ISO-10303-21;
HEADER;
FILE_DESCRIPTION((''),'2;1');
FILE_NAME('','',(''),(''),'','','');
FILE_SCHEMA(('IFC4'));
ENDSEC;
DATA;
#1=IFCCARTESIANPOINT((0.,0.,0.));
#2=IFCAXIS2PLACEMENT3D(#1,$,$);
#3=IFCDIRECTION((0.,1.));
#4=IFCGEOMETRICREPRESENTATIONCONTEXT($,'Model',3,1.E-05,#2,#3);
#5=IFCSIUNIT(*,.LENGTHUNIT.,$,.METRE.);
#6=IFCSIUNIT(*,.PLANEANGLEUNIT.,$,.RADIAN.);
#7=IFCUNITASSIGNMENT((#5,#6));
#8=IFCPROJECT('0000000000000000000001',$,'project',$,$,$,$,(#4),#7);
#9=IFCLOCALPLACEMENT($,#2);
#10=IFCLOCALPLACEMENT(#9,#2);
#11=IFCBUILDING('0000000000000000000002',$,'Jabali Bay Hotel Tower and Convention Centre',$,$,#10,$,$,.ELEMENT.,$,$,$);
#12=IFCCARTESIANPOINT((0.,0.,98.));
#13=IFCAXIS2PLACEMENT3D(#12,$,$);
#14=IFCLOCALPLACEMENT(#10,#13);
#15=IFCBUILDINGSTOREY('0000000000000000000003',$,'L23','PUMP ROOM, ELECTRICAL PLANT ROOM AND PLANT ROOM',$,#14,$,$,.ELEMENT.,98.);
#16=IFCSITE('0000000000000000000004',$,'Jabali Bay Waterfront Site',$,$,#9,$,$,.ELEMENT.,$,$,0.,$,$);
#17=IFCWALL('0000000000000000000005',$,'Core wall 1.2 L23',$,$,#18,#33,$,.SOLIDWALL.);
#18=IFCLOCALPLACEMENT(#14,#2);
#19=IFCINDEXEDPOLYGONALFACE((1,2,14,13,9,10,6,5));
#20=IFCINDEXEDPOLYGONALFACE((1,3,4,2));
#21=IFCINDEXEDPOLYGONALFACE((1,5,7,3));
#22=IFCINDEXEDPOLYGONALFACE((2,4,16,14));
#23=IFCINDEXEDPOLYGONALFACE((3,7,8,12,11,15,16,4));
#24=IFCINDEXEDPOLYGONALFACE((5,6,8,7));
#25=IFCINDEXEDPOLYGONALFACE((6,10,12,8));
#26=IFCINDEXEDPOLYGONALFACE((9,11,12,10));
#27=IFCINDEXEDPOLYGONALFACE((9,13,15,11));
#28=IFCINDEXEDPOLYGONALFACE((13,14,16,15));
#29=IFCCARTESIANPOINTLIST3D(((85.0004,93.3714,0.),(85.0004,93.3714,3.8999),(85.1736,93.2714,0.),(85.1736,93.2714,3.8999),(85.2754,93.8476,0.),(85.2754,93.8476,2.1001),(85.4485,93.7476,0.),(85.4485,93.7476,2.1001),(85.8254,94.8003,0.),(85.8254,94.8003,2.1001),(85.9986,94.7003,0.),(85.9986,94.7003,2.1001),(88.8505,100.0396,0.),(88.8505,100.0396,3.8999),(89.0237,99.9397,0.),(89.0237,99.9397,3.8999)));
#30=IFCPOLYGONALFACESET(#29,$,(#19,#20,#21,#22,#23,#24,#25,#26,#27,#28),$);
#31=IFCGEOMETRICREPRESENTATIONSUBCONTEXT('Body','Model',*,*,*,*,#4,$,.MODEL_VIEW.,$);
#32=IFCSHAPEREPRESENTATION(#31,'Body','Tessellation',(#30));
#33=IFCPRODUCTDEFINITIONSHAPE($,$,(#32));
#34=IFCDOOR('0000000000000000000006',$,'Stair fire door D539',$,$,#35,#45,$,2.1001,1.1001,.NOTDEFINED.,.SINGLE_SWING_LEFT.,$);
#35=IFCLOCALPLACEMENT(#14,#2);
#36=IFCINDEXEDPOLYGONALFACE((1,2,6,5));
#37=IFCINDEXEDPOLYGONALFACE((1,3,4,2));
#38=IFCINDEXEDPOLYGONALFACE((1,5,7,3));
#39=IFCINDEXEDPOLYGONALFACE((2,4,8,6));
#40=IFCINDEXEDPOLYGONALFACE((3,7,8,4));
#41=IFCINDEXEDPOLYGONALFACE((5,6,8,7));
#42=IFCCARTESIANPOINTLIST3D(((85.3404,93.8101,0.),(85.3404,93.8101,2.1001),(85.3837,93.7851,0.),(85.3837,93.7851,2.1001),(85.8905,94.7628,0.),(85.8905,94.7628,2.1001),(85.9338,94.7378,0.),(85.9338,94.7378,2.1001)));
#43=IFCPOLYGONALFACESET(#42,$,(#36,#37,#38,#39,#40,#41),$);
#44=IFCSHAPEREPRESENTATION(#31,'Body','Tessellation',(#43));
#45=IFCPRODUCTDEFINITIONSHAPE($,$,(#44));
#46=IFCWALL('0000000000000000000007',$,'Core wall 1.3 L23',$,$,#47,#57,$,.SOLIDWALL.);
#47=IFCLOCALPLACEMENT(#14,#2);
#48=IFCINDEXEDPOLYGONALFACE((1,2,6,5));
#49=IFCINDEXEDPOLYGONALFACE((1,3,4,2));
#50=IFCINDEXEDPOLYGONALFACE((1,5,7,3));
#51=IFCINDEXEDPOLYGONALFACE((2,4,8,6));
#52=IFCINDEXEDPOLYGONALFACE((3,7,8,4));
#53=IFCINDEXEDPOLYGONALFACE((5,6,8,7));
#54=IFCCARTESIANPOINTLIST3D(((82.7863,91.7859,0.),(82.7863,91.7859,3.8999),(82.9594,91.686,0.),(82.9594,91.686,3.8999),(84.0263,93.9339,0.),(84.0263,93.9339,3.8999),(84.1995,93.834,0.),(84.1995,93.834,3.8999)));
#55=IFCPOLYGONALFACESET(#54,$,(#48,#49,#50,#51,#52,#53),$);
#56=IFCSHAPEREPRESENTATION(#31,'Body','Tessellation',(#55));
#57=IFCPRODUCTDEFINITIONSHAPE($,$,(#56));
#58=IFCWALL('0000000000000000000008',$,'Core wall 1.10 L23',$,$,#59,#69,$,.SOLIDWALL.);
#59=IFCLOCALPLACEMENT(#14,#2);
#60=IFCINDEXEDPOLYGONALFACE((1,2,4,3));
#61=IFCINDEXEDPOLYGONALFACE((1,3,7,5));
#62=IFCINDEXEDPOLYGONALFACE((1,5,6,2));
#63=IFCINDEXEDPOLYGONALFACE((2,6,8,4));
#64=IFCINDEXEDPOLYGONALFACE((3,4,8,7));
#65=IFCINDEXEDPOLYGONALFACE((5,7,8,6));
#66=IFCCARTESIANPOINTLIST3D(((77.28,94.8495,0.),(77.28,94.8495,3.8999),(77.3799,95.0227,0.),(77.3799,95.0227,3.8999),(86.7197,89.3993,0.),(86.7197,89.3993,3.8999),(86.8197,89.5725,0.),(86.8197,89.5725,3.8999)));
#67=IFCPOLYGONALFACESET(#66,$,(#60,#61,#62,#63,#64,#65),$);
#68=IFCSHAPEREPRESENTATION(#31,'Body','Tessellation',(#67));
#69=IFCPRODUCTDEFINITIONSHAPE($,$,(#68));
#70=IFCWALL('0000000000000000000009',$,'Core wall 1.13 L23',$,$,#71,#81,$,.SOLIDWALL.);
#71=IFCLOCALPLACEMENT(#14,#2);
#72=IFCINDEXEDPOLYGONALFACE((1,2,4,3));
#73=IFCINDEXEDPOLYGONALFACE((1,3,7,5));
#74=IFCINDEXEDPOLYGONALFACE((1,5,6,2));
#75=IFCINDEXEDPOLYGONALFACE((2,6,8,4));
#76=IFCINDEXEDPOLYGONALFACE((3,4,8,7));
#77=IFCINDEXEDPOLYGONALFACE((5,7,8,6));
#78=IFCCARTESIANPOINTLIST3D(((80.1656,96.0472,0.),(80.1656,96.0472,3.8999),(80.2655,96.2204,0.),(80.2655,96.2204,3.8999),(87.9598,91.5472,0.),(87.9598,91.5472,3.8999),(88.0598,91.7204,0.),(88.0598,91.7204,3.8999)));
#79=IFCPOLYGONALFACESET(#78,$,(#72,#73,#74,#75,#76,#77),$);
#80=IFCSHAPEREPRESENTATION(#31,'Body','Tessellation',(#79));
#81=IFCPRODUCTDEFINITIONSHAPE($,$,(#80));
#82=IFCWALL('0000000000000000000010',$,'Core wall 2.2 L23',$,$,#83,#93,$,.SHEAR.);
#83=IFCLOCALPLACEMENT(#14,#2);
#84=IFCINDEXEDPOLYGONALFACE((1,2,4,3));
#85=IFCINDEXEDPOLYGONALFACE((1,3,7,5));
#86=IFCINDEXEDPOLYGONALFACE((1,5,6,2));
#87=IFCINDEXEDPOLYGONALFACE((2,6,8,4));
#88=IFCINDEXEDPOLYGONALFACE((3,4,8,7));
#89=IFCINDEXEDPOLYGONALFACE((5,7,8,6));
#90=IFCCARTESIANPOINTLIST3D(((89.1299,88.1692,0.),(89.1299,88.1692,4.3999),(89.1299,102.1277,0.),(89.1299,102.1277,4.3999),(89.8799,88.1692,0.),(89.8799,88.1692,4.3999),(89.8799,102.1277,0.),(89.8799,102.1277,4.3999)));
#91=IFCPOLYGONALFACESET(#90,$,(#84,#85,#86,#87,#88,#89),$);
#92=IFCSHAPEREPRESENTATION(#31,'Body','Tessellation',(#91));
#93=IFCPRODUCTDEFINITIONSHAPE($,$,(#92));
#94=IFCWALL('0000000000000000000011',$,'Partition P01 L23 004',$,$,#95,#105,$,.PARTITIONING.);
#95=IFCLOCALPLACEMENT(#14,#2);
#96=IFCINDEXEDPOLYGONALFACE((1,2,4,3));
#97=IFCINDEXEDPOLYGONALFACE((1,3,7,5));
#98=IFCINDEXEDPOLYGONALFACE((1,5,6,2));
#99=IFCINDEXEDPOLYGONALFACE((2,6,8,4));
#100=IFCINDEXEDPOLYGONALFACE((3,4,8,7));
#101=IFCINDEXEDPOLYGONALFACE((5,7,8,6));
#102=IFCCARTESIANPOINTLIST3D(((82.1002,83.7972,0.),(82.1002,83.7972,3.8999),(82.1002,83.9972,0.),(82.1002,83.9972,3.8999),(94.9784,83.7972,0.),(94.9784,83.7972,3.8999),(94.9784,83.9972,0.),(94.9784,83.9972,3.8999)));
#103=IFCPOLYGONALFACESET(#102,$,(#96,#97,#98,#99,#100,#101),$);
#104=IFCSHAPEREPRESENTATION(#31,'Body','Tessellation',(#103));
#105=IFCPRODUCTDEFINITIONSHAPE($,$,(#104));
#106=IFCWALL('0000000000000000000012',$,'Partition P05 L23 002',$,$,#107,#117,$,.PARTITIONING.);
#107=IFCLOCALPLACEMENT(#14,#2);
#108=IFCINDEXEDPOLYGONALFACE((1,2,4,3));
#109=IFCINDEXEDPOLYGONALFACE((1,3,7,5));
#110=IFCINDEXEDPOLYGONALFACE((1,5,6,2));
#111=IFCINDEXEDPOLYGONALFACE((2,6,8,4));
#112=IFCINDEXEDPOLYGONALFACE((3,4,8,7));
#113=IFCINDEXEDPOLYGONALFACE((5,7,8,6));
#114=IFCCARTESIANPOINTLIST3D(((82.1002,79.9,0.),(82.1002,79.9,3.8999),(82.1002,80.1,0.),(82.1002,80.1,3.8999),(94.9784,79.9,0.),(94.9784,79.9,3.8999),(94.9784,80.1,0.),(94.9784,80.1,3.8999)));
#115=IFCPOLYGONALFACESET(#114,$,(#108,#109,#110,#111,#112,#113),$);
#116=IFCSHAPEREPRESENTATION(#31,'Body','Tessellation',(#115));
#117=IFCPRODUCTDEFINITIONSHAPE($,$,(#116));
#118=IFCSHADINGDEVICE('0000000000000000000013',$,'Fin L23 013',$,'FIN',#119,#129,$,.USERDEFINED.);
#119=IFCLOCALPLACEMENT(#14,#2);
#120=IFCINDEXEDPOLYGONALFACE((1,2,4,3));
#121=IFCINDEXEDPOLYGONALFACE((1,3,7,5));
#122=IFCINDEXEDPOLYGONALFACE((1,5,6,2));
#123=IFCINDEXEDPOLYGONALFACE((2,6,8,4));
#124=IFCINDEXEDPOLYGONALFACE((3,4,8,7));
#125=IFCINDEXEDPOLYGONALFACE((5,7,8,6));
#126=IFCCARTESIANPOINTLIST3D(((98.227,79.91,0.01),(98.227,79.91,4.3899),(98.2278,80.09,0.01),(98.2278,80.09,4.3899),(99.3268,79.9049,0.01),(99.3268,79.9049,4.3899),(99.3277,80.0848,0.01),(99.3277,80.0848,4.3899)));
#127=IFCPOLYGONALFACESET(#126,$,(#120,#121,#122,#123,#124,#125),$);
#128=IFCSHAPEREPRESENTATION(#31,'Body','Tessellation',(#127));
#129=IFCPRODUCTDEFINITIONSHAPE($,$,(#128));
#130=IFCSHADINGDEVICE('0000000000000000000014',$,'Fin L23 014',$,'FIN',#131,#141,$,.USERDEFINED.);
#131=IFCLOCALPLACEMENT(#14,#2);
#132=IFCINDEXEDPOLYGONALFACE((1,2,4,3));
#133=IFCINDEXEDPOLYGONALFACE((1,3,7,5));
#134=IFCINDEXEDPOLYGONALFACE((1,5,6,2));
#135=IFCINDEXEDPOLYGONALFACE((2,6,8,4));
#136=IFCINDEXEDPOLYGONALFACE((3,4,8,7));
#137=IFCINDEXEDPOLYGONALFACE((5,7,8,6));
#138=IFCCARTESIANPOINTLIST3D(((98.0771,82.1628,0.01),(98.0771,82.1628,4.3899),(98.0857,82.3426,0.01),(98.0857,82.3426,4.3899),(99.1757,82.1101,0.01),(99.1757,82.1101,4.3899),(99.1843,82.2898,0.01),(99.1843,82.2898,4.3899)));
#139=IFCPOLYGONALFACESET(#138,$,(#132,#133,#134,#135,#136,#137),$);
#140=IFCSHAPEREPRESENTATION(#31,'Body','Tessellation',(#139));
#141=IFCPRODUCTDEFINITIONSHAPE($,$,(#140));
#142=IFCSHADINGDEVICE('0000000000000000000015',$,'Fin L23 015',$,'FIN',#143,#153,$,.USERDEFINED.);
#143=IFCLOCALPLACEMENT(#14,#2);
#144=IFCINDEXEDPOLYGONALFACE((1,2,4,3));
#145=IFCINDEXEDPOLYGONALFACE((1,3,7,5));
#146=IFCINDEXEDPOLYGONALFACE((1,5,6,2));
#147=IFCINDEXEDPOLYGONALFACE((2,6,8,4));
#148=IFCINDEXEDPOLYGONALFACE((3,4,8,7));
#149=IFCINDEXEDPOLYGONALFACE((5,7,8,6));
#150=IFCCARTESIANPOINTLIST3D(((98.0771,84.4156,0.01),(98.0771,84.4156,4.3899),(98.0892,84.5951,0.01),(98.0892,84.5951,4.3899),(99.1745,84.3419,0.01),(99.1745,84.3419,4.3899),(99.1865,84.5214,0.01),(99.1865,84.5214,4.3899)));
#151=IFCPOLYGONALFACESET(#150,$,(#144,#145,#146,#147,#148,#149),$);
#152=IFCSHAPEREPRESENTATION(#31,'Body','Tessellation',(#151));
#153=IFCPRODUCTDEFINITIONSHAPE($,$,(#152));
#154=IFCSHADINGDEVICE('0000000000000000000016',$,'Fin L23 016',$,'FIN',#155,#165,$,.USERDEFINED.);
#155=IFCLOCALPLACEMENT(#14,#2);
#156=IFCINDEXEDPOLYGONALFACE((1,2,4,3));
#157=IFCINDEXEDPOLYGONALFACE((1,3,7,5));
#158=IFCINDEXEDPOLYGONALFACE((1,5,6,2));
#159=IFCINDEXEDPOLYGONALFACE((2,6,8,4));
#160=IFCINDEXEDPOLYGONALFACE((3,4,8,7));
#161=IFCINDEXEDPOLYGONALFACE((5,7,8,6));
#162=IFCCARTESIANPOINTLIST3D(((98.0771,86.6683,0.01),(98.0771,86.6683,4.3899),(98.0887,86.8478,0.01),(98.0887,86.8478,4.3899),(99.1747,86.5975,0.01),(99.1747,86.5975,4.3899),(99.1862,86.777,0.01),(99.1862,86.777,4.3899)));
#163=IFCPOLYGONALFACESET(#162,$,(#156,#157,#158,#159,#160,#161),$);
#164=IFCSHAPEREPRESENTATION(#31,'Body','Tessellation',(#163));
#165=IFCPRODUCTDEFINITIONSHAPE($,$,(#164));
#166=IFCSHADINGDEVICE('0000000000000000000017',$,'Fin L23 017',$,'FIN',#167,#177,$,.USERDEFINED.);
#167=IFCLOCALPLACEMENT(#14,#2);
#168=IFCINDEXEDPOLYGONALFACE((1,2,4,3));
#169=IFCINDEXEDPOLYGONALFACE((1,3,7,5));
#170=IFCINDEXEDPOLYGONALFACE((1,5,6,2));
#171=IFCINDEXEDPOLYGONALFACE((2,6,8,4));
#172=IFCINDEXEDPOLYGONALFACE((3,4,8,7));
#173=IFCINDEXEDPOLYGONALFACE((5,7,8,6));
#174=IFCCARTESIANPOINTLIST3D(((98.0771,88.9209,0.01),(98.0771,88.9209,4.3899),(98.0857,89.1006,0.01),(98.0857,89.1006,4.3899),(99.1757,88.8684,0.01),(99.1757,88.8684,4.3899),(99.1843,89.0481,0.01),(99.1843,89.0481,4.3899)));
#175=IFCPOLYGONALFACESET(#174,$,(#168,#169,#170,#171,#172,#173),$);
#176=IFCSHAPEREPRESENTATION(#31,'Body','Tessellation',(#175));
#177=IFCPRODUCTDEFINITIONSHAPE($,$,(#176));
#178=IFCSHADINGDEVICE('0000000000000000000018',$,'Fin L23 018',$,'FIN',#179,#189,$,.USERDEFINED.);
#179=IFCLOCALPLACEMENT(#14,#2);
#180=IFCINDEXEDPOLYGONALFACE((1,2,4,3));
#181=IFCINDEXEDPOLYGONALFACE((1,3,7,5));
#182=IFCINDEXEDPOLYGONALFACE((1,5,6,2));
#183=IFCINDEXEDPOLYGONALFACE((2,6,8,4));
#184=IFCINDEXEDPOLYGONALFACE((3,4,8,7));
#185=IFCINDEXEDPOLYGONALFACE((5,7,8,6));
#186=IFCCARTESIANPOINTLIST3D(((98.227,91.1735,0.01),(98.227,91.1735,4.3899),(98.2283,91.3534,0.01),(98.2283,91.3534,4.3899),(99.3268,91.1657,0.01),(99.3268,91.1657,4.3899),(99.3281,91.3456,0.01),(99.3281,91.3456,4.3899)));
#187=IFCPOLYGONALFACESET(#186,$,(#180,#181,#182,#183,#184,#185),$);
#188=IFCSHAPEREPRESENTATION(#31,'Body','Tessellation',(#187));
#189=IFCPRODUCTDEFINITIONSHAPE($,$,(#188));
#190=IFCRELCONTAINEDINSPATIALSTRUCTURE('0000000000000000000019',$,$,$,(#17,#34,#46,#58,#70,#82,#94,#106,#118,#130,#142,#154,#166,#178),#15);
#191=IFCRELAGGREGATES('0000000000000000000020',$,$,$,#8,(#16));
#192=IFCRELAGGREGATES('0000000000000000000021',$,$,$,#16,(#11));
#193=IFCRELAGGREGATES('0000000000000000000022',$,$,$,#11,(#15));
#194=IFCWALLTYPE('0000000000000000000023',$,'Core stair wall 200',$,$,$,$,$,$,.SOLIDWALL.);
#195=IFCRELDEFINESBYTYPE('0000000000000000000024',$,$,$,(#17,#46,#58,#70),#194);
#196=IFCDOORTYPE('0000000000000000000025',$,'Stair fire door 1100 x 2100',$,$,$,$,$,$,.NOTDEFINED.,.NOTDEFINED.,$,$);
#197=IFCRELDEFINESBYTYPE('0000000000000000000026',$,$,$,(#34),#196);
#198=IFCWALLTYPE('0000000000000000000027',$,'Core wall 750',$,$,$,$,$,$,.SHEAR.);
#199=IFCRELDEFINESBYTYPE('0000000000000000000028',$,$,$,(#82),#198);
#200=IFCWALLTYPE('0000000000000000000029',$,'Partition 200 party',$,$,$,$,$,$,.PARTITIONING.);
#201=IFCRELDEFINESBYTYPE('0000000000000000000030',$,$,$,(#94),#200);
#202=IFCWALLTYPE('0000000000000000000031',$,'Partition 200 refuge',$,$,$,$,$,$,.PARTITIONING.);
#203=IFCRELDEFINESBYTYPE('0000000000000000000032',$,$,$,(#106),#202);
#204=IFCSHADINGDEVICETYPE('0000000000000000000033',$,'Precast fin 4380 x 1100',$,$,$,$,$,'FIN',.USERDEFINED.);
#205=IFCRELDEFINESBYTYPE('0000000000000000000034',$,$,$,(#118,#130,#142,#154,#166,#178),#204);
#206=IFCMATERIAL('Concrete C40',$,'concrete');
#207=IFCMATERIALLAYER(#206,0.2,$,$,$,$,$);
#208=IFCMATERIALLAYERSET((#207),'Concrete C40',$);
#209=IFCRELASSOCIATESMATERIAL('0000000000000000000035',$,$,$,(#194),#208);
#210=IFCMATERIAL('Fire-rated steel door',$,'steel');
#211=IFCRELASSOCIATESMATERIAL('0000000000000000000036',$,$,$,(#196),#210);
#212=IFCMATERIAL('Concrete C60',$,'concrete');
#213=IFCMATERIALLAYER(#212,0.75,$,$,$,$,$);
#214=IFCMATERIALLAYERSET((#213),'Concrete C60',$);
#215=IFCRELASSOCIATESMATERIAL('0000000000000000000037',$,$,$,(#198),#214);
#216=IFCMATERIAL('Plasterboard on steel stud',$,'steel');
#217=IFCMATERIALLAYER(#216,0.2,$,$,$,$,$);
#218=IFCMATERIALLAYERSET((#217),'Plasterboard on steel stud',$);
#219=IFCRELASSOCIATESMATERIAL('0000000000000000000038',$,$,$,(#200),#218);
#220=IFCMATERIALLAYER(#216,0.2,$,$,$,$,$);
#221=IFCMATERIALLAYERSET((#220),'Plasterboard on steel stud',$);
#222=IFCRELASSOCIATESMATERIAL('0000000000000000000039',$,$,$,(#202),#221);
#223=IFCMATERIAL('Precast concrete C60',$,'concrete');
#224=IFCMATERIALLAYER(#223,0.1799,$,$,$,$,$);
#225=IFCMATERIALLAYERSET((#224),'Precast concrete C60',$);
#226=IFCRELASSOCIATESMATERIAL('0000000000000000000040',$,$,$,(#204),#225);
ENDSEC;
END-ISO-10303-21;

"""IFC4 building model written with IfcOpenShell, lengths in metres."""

from ifc_helpers import new_model, si_unit, direction, frame, frame_2d, origin, place, context, subcontext, project, spatial, rectangle, extrude, material, layer, layer_set, type_object, element, fill, save


model = new_model("IFC4")

# Units and contexts
model_context = context("Model", 3, precision=1e-05, world=origin(), true_north=direction((0.0, 1.0)))
body_context = subcontext(model_context, "Body", "Model", "MODEL_VIEW")
ifc_project = project(units=[si_unit("LENGTHUNIT", "METRE"), si_unit("PLANEANGLEUNIT", "RADIAN")], contexts=[model_context])

# Site, building, storey
site_placement = place(None, origin())
site = spatial("IfcSite", under=ifc_project, at=site_placement, Name="Jabali Bay Waterfront Site", CompositionType="ELEMENT", RefElevation=0.0)
building_placement = place(site_placement, origin())
building = spatial("IfcBuilding", under=site, at=building_placement, Name="Jabali Bay Hotel Tower and Convention Centre", CompositionType="ELEMENT")
storey_placement = place(building_placement, frame((0.0, 0.0, 98.0)))
storey = spatial("IfcBuildingStorey", under=building, at=storey_placement, Name="L23", Description="PUMP ROOM, ELECTRICAL PLANT ROOM AND PLANT ROOM", CompositionType="ELEMENT", Elevation=98.0)

# Shared definitions
ifc_material_1 = material(Name="Concrete C60", Category="concrete")

# Shared definitions
ifc_material_2 = material(Name="Concrete C40", Category="concrete")
ifc_material_3 = material(Name="Fire-rated steel door", Category="steel")

# Shared definitions
ifc_layer_1 = layer(ifc_material_2, 0.2)
ifc_layer_set_1 = layer_set([ifc_layer_1], Name="Concrete C40")
wall_type_1 = type_object("IfcWallType", Name="Core stair wall 200", PredefinedType="SOLIDWALL", material=ifc_layer_set_1)

# Wall, opening, door
wall_1_placement = place(storey_placement, frame((85.0869, 93.3213, 0.0), z_axis=(0.0, 0.0, 1.0), x_axis=(0.50002, 0.866014, 0.0)))
wall_1 = element("IfcWall", 1, at=wall_1_placement, inside=storey, type_object=wall_type_1, Name="Core wall 1.2 L23", PredefinedType="SOLIDWALL", context=body_context, shape_type="SweptSolid", body=[
    extrude(rectangle(XDim=7.7, YDim=0.2, at=frame_2d((3.8501, 0.0))), origin(), (0.0, 0.0, 1.0), 3.8999),
])
opening_1_placement = place(wall_1_placement, frame((0.55, 0.0, 0.0)))
opening_1 = element("IfcOpeningElement", 2, at=opening_1_placement, cuts=wall_1, PredefinedType="OPENING", context=body_context, shape_type="SweptSolid", body=[
    extrude(rectangle(XDim=1.1001, YDim=2.1001, at=frame_2d((0.55, 1.05))), frame((0.0, 0.1104, 0.0), z_axis=(0.0, -1.0, 0.0), x_axis=(1.0, 0.0, 0.0)), (0.0, 0.0, 1.0), 0.2209),
])
door_type_1 = type_object("IfcDoorType", Name="Stair fire door 1100 x 2100", OperationType="NOTDEFINED", PredefinedType="NOTDEFINED", material=ifc_material_3)
door_1_placement = place(opening_1_placement, origin())
door_1 = element("IfcDoor", 3, at=door_1_placement, inside=storey, type_object=door_type_1, Name="Stair fire door D539", OperationType="SINGLE_SWING_LEFT", OverallHeight=2.1001, OverallWidth=1.1001, PredefinedType="NOTDEFINED", context=body_context, shape_type="SweptSolid", body=[
    extrude(rectangle(XDim=1.1001, YDim=2.1001, at=frame_2d((0.55, 1.05))), frame((0.0, 0.0249, 0.0), z_axis=(0.0, -1.0, 0.0), x_axis=(1.0, 0.0, 0.0)), (0.0, 0.0, 1.0), 0.05),
])
fill(opening_1, door_1)

# Walls
wall_2_placement = place(storey_placement, frame((82.8728, 91.7358, 0.0), z_axis=(0.0, 0.0, 1.0), x_axis=(0.499961, 0.866048, 0.0)))
element("IfcWall", 4, at=wall_2_placement, inside=storey, type_object=wall_type_1, Name="Core wall 1.3 L23", PredefinedType="SOLIDWALL", context=body_context, shape_type="SweptSolid", body=[
    extrude(rectangle(XDim=2.4802, YDim=0.2, at=frame_2d((1.2402, 0.0))), origin(), (0.0, 0.0, 1.0), 3.8999),
])
wall_3_placement = place(storey_placement, frame((86.7698, 89.4858, 0.0), z_axis=(0.0, 0.0, 1.0), x_axis=(-0.866018, 0.500013, 0.0)))
element("IfcWall", 5, at=wall_3_placement, inside=storey, type_object=wall_type_1, Name="Core wall 1.10 L23", PredefinedType="SOLIDWALL", context=body_context, shape_type="SweptSolid", body=[
    extrude(rectangle(XDim=10.9001, YDim=0.2, at=frame_2d((5.4502, 0.0))), origin(), (0.0, 0.0, 1.0), 3.8999),
])
wall_4_placement = place(storey_placement, frame((88.0098, 91.6338, 0.0), z_axis=(0.0, 0.0, 1.0), x_axis=(-0.866024, 0.500002, 0.0)))
element("IfcWall", 6, at=wall_4_placement, inside=storey, type_object=wall_type_1, Name="Core wall 1.13 L23", PredefinedType="SOLIDWALL", context=body_context, shape_type="SweptSolid", body=[
    extrude(rectangle(XDim=9.0, YDim=0.2, at=frame_2d((4.5, 0.0))), origin(), (0.0, 0.0, 1.0), 3.8999),
])
ifc_layer_2 = layer(ifc_material_1, 0.75)
ifc_layer_set_2 = layer_set([ifc_layer_2], Name="Concrete C60")
wall_type_2 = type_object("IfcWallType", Name="Core wall 750", PredefinedType="SHEAR", material=ifc_layer_set_2)
wall_5_placement = place(storey_placement, frame((89.5049, 88.1692, 0.0), z_axis=(0.0, 0.0, 1.0), x_axis=(0.0, 1.0, 0.0)))
element("IfcWall", 7, at=wall_5_placement, inside=storey, type_object=wall_type_2, Name="Core wall 2.2 L23", PredefinedType="SHEAR", context=body_context, shape_type="SweptSolid", body=[
    extrude(rectangle(XDim=13.9585, YDim=0.75, at=frame_2d((6.9792, 0.0))), origin(), (0.0, 0.0, 1.0), 4.3999),
])
ifc_material_4 = material(Name="Plasterboard on steel stud", Category="steel")
ifc_layer_3 = layer(ifc_material_4, 0.2)
ifc_layer_set_3 = layer_set([ifc_layer_3], Name="Plasterboard on steel stud")
wall_type_3 = type_object("IfcWallType", Name="Partition 200 party", PredefinedType="PARTITIONING", material=ifc_layer_set_3)
wall_6_placement = place(storey_placement, frame((94.9783, 83.8972, 0.0), z_axis=(0.0, 0.0, 1.0), x_axis=(-1.0, 0.0, 0.0)))
element("IfcWall", 8, at=wall_6_placement, inside=storey, type_object=wall_type_3, Name="Partition P01 L23 004", PredefinedType="PARTITIONING", context=body_context, shape_type="SweptSolid", body=[
    extrude(rectangle(XDim=12.8782, YDim=0.2, at=frame_2d((6.439, 0.0))), origin(), (0.0, 0.0, 1.0), 3.8999),
])

# Wall
ifc_layer_4 = layer(ifc_material_4, 0.2)
ifc_layer_set_4 = layer_set([ifc_layer_4], Name="Plasterboard on steel stud")
wall_type_4 = type_object("IfcWallType", Name="Partition 200 refuge", PredefinedType="PARTITIONING", material=ifc_layer_set_4)
wall_7_placement = place(storey_placement, frame((94.9783, 80.0, 0.0), z_axis=(0.0, 0.0, 1.0), x_axis=(-1.0, 0.0, 0.0)))
element("IfcWall", 9, at=wall_7_placement, inside=storey, type_object=wall_type_4, Name="Partition P05 L23 002", PredefinedType="PARTITIONING", context=body_context, shape_type="SweptSolid", body=[
    extrude(rectangle(XDim=12.8782, YDim=0.2, at=frame_2d((6.439, 0.0))), origin(), (0.0, 0.0, 1.0), 3.8999),
])

# Shading devices
ifc_material_5 = material(Name="Precast concrete C60", Category="concrete")
ifc_layer_5 = layer(ifc_material_5, 0.1799)
ifc_layer_set_5 = layer_set([ifc_layer_5], Name="Precast concrete C60")
shading_device_type = type_object("IfcShadingDeviceType", Name="Precast fin 4380 x 1100", ElementType="FIN", PredefinedType="USERDEFINED", material=ifc_layer_set_5)
for number, where, z_axis, x_axis, name in (
    (10, (98.2275, 80.0, 0.01), (0.0, 0.0, 1.0), (0.999989, -0.004661, 0.0), "Fin L23 013"),
    (11, (98.0815, 82.2527, 0.01), (0.0, 0.0, 1.0), (0.99885, -0.047945, 0.0), "Fin L23 014"),
    (12, (98.0833, 84.5054, 0.01), (0.0, 0.0, 1.0), (0.997751, -0.067035, 0.0), "Fin L23 015"),
    (13, (98.083, 86.7581, 0.01), (0.0, 0.0, 1.0), (0.997926, -0.064368, 0.0), "Fin L23 016"),
    (14, (98.0815, 89.0107, 0.01), (0.0, 0.0, 1.0), (0.998861, -0.047723, 0.0), "Fin L23 017"),
    (15, (98.2278, 91.2634, 0.01), (0.0, 0.0, 1.0), (0.999975, -0.007103, 0.0), "Fin L23 018"),
):
    element("IfcShadingDevice", number, at=place(storey_placement, frame(where, z_axis=z_axis, x_axis=x_axis)), inside=storey, type_object=shading_device_type, Name=name, ObjectType="FIN", PredefinedType="USERDEFINED", context=body_context, shape_type="SweptSolid", body=[
        extrude(rectangle(XDim=1.0999, YDim=0.1799, at=frame_2d((0.5498, 0.0))), origin(), (0.0, 0.0, 1.0), 4.3799),
    ])

save(model, "model.ifc")
